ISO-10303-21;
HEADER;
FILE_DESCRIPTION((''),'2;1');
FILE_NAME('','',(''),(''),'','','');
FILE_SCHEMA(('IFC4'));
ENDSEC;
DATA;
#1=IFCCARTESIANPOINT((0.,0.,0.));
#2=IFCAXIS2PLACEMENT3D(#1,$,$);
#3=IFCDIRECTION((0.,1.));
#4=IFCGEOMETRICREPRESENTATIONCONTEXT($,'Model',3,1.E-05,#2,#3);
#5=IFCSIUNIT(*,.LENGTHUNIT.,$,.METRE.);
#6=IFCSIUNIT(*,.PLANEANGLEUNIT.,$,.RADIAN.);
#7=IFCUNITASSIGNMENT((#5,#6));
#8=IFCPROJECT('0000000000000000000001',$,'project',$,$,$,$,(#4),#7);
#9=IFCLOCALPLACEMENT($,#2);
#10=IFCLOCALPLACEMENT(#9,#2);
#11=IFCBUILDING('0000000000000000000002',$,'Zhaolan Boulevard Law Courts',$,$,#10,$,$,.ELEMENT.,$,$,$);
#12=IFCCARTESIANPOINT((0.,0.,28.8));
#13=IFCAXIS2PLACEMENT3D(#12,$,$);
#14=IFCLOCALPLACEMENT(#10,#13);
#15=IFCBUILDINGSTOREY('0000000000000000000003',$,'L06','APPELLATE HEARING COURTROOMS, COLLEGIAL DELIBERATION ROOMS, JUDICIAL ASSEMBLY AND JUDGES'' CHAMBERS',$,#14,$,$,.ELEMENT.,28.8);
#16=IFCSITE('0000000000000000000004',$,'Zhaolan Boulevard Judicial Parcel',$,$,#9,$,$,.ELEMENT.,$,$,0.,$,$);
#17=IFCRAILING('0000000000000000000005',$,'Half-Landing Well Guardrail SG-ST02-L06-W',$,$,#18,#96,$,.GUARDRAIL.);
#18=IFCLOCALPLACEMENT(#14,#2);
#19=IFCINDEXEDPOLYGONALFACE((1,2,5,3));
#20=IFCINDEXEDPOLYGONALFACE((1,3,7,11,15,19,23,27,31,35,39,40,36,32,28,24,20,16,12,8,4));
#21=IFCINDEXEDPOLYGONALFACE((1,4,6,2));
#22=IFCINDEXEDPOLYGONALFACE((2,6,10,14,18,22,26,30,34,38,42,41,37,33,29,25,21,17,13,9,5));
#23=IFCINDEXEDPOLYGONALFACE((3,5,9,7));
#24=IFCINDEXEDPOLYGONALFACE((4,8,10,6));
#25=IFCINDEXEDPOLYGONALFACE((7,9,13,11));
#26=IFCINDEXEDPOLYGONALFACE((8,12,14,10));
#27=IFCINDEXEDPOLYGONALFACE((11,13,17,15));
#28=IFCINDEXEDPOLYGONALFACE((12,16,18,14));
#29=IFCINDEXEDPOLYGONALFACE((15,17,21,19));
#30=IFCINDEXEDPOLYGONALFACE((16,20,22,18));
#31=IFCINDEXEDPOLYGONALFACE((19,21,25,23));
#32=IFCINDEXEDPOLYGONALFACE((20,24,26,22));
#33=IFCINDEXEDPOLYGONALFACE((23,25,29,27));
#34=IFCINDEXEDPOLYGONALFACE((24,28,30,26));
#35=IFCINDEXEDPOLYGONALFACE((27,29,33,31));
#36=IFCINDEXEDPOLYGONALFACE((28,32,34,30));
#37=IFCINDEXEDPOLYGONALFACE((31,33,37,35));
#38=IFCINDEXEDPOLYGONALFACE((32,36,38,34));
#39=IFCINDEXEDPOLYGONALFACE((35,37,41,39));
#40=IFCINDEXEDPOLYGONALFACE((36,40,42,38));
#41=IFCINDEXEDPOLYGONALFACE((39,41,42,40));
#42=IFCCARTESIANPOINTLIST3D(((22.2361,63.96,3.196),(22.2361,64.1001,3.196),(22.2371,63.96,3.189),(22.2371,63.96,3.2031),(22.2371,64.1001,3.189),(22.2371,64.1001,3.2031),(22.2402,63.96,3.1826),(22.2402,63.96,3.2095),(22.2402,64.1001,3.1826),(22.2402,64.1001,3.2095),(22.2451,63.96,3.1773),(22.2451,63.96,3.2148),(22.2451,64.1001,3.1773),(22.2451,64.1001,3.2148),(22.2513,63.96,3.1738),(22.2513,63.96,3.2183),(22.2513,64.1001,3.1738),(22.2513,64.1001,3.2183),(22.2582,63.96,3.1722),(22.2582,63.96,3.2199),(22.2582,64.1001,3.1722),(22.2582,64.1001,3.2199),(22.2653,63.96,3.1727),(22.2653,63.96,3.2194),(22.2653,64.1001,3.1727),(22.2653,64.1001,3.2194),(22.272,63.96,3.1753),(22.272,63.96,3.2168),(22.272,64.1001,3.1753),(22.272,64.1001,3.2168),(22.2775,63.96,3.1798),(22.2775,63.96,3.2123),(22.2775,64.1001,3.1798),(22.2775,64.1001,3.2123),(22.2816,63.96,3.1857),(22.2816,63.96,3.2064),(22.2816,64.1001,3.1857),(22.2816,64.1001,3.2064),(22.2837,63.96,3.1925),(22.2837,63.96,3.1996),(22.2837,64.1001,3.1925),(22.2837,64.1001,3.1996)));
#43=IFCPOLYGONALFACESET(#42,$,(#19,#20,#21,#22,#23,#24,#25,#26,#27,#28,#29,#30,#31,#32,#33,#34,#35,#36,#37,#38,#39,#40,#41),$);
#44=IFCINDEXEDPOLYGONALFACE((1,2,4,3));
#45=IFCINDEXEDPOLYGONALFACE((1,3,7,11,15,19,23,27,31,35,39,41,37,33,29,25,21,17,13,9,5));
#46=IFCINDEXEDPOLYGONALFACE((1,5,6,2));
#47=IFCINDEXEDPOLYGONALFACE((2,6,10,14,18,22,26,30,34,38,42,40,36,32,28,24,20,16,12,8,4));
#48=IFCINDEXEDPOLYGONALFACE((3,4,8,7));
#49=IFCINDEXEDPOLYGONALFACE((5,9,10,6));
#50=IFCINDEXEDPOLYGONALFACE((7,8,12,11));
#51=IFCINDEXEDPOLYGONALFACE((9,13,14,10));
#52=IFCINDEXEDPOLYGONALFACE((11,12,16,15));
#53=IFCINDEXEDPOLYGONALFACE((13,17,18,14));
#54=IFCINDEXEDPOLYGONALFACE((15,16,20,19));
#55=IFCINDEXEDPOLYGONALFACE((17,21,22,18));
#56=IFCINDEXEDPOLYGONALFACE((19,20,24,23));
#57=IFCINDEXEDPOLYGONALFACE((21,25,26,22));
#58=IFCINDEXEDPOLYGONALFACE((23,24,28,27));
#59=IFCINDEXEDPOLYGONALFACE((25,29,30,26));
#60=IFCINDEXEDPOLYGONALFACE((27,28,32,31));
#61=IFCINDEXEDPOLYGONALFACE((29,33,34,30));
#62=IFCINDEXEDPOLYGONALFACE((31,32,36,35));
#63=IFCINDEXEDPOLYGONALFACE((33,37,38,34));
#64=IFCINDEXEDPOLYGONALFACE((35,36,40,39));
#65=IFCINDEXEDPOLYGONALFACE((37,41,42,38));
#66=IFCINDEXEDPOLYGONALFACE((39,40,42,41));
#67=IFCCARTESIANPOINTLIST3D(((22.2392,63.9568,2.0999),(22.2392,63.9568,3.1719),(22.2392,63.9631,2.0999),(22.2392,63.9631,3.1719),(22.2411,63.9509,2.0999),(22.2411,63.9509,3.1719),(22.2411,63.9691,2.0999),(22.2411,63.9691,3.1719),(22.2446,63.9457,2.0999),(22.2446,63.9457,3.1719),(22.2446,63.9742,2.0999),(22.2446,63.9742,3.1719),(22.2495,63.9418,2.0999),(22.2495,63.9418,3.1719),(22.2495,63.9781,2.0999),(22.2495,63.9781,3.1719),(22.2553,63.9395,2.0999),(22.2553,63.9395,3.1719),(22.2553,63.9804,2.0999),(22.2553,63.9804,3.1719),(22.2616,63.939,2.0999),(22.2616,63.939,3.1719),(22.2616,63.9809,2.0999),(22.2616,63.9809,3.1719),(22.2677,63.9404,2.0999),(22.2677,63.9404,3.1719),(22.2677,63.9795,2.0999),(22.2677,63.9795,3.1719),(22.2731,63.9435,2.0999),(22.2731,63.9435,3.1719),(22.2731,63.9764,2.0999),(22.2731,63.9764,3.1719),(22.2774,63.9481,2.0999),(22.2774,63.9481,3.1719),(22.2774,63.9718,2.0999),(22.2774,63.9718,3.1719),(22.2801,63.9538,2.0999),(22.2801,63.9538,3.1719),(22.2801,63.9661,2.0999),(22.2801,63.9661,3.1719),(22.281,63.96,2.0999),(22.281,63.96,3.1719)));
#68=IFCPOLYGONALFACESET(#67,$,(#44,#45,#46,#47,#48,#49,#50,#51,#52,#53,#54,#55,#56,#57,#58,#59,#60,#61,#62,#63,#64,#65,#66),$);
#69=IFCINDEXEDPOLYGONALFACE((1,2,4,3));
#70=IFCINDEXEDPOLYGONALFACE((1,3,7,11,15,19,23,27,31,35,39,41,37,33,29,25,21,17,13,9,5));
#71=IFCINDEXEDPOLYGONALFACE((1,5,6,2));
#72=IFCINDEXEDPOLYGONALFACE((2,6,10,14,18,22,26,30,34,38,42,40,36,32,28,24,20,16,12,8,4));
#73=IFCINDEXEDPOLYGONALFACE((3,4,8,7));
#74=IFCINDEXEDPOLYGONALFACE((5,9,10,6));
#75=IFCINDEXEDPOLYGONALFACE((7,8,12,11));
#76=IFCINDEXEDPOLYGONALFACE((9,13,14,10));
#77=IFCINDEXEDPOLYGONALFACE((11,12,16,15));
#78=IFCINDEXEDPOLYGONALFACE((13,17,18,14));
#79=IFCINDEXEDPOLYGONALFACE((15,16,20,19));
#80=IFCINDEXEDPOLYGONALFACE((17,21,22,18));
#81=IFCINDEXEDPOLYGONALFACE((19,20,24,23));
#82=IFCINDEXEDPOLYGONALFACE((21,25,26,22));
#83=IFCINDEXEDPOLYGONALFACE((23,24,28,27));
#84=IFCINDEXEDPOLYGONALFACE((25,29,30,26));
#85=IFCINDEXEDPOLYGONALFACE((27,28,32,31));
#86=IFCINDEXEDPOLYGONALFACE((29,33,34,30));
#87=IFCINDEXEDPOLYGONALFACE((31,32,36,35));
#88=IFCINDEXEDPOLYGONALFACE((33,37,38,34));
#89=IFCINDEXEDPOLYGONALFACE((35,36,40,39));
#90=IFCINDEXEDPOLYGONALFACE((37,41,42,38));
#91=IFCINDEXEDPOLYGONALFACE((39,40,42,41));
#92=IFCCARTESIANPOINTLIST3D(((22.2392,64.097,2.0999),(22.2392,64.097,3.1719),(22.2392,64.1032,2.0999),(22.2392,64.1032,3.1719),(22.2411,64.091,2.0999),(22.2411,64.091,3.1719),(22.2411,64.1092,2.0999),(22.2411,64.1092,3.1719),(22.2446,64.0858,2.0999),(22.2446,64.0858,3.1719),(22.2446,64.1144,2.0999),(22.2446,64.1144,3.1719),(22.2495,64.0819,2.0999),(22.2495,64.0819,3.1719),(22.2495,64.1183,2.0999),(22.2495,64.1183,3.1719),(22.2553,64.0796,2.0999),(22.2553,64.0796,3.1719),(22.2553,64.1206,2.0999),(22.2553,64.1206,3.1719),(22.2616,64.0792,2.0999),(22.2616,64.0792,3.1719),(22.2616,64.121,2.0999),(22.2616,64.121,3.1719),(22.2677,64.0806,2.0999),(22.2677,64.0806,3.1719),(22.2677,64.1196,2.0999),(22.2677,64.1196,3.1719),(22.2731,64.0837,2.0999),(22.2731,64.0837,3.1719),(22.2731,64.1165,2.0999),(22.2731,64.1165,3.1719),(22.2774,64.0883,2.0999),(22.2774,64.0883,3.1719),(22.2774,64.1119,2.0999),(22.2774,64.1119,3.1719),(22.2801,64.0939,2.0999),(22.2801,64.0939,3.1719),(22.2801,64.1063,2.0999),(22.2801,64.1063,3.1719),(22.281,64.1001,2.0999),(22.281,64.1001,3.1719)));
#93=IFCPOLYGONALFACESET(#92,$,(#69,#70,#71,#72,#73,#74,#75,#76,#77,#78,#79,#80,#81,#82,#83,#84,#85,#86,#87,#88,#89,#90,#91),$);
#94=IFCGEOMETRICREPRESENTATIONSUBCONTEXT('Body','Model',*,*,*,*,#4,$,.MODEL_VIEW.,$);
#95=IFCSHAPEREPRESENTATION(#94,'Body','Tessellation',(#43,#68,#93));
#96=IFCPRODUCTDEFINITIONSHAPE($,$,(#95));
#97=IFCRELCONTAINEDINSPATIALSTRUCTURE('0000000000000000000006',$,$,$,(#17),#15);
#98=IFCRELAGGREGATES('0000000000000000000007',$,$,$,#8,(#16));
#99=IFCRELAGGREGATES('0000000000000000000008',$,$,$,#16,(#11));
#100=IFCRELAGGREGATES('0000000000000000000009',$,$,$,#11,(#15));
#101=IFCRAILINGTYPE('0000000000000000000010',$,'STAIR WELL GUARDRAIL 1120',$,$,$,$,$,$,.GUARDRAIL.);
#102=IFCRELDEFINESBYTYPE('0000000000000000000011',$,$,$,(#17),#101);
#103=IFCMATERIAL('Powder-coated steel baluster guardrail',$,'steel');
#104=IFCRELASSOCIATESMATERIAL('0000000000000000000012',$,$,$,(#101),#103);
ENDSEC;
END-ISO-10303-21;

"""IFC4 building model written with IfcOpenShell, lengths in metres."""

from ifc_helpers import new_model, si_unit, direction, frame, origin, origin_2d, place, context, subcontext, project, spatial, circle, extrude, material, type_object, element, save


model = new_model("IFC4")

# Units and contexts
model_context = context("Model", 3, precision=1e-05, world=origin(), true_north=direction((0.0, 1.0)))
body_context = subcontext(model_context, "Body", "Model", "MODEL_VIEW")
ifc_project = project(units=[si_unit("LENGTHUNIT", "METRE"), si_unit("PLANEANGLEUNIT", "RADIAN")], contexts=[model_context])

# Site, building, storey
site_placement = place(None, origin())
site = spatial("IfcSite", under=ifc_project, at=site_placement, Name="Zhaolan Boulevard Judicial Parcel", CompositionType="ELEMENT", RefElevation=0.0)
building_placement = place(site_placement, origin())
building = spatial("IfcBuilding", under=site, at=building_placement, Name="Zhaolan Boulevard Law Courts", CompositionType="ELEMENT")
storey_placement = place(building_placement, frame((0.0, 0.0, 28.8)))
storey = spatial("IfcBuildingStorey", under=building, at=storey_placement, Name="L06", Description="APPELLATE HEARING COURTROOMS, COLLEGIAL DELIBERATION ROOMS, JUDICIAL ASSEMBLY AND JUDGES' CHAMBERS", CompositionType="ELEMENT", Elevation=28.8)

# Railing
ifc_material_1 = material(Name="Powder-coated steel baluster guardrail", Category="steel")
railing_type_1 = type_object("IfcRailingType", Name="STAIR WELL GUARDRAIL 1120", PredefinedType="GUARDRAIL", material=ifc_material_1)
railing_1_placement = place(storey_placement, frame((22.26, 63.96, 2.0999)))
element("IfcRailing", 1, at=railing_1_placement, inside=storey, type_object=railing_type_1, Name="Half-Landing Well Guardrail SG-ST02-L06-W", PredefinedType="GUARDRAIL", context=body_context, shape_type="SweptSolid", body=[
    extrude(circle(Radius=0.0239, at=origin_2d()), frame((0.0, 0.0, 1.0962), z_axis=(0.0, 1.0, 0.0), x_axis=(-1.0, 0.0, 0.0)), (0.0, 0.0, 1.0), 0.1401),
    extrude(circle(Radius=0.021, at=origin_2d()), origin(), (0.0, 0.0, 1.0), 1.072),
    extrude(circle(Radius=0.021, at=origin_2d()), frame((0.0, 0.1401, 0.0)), (0.0, 0.0, 1.0), 1.072),
])

save(model, "model.ifc")
